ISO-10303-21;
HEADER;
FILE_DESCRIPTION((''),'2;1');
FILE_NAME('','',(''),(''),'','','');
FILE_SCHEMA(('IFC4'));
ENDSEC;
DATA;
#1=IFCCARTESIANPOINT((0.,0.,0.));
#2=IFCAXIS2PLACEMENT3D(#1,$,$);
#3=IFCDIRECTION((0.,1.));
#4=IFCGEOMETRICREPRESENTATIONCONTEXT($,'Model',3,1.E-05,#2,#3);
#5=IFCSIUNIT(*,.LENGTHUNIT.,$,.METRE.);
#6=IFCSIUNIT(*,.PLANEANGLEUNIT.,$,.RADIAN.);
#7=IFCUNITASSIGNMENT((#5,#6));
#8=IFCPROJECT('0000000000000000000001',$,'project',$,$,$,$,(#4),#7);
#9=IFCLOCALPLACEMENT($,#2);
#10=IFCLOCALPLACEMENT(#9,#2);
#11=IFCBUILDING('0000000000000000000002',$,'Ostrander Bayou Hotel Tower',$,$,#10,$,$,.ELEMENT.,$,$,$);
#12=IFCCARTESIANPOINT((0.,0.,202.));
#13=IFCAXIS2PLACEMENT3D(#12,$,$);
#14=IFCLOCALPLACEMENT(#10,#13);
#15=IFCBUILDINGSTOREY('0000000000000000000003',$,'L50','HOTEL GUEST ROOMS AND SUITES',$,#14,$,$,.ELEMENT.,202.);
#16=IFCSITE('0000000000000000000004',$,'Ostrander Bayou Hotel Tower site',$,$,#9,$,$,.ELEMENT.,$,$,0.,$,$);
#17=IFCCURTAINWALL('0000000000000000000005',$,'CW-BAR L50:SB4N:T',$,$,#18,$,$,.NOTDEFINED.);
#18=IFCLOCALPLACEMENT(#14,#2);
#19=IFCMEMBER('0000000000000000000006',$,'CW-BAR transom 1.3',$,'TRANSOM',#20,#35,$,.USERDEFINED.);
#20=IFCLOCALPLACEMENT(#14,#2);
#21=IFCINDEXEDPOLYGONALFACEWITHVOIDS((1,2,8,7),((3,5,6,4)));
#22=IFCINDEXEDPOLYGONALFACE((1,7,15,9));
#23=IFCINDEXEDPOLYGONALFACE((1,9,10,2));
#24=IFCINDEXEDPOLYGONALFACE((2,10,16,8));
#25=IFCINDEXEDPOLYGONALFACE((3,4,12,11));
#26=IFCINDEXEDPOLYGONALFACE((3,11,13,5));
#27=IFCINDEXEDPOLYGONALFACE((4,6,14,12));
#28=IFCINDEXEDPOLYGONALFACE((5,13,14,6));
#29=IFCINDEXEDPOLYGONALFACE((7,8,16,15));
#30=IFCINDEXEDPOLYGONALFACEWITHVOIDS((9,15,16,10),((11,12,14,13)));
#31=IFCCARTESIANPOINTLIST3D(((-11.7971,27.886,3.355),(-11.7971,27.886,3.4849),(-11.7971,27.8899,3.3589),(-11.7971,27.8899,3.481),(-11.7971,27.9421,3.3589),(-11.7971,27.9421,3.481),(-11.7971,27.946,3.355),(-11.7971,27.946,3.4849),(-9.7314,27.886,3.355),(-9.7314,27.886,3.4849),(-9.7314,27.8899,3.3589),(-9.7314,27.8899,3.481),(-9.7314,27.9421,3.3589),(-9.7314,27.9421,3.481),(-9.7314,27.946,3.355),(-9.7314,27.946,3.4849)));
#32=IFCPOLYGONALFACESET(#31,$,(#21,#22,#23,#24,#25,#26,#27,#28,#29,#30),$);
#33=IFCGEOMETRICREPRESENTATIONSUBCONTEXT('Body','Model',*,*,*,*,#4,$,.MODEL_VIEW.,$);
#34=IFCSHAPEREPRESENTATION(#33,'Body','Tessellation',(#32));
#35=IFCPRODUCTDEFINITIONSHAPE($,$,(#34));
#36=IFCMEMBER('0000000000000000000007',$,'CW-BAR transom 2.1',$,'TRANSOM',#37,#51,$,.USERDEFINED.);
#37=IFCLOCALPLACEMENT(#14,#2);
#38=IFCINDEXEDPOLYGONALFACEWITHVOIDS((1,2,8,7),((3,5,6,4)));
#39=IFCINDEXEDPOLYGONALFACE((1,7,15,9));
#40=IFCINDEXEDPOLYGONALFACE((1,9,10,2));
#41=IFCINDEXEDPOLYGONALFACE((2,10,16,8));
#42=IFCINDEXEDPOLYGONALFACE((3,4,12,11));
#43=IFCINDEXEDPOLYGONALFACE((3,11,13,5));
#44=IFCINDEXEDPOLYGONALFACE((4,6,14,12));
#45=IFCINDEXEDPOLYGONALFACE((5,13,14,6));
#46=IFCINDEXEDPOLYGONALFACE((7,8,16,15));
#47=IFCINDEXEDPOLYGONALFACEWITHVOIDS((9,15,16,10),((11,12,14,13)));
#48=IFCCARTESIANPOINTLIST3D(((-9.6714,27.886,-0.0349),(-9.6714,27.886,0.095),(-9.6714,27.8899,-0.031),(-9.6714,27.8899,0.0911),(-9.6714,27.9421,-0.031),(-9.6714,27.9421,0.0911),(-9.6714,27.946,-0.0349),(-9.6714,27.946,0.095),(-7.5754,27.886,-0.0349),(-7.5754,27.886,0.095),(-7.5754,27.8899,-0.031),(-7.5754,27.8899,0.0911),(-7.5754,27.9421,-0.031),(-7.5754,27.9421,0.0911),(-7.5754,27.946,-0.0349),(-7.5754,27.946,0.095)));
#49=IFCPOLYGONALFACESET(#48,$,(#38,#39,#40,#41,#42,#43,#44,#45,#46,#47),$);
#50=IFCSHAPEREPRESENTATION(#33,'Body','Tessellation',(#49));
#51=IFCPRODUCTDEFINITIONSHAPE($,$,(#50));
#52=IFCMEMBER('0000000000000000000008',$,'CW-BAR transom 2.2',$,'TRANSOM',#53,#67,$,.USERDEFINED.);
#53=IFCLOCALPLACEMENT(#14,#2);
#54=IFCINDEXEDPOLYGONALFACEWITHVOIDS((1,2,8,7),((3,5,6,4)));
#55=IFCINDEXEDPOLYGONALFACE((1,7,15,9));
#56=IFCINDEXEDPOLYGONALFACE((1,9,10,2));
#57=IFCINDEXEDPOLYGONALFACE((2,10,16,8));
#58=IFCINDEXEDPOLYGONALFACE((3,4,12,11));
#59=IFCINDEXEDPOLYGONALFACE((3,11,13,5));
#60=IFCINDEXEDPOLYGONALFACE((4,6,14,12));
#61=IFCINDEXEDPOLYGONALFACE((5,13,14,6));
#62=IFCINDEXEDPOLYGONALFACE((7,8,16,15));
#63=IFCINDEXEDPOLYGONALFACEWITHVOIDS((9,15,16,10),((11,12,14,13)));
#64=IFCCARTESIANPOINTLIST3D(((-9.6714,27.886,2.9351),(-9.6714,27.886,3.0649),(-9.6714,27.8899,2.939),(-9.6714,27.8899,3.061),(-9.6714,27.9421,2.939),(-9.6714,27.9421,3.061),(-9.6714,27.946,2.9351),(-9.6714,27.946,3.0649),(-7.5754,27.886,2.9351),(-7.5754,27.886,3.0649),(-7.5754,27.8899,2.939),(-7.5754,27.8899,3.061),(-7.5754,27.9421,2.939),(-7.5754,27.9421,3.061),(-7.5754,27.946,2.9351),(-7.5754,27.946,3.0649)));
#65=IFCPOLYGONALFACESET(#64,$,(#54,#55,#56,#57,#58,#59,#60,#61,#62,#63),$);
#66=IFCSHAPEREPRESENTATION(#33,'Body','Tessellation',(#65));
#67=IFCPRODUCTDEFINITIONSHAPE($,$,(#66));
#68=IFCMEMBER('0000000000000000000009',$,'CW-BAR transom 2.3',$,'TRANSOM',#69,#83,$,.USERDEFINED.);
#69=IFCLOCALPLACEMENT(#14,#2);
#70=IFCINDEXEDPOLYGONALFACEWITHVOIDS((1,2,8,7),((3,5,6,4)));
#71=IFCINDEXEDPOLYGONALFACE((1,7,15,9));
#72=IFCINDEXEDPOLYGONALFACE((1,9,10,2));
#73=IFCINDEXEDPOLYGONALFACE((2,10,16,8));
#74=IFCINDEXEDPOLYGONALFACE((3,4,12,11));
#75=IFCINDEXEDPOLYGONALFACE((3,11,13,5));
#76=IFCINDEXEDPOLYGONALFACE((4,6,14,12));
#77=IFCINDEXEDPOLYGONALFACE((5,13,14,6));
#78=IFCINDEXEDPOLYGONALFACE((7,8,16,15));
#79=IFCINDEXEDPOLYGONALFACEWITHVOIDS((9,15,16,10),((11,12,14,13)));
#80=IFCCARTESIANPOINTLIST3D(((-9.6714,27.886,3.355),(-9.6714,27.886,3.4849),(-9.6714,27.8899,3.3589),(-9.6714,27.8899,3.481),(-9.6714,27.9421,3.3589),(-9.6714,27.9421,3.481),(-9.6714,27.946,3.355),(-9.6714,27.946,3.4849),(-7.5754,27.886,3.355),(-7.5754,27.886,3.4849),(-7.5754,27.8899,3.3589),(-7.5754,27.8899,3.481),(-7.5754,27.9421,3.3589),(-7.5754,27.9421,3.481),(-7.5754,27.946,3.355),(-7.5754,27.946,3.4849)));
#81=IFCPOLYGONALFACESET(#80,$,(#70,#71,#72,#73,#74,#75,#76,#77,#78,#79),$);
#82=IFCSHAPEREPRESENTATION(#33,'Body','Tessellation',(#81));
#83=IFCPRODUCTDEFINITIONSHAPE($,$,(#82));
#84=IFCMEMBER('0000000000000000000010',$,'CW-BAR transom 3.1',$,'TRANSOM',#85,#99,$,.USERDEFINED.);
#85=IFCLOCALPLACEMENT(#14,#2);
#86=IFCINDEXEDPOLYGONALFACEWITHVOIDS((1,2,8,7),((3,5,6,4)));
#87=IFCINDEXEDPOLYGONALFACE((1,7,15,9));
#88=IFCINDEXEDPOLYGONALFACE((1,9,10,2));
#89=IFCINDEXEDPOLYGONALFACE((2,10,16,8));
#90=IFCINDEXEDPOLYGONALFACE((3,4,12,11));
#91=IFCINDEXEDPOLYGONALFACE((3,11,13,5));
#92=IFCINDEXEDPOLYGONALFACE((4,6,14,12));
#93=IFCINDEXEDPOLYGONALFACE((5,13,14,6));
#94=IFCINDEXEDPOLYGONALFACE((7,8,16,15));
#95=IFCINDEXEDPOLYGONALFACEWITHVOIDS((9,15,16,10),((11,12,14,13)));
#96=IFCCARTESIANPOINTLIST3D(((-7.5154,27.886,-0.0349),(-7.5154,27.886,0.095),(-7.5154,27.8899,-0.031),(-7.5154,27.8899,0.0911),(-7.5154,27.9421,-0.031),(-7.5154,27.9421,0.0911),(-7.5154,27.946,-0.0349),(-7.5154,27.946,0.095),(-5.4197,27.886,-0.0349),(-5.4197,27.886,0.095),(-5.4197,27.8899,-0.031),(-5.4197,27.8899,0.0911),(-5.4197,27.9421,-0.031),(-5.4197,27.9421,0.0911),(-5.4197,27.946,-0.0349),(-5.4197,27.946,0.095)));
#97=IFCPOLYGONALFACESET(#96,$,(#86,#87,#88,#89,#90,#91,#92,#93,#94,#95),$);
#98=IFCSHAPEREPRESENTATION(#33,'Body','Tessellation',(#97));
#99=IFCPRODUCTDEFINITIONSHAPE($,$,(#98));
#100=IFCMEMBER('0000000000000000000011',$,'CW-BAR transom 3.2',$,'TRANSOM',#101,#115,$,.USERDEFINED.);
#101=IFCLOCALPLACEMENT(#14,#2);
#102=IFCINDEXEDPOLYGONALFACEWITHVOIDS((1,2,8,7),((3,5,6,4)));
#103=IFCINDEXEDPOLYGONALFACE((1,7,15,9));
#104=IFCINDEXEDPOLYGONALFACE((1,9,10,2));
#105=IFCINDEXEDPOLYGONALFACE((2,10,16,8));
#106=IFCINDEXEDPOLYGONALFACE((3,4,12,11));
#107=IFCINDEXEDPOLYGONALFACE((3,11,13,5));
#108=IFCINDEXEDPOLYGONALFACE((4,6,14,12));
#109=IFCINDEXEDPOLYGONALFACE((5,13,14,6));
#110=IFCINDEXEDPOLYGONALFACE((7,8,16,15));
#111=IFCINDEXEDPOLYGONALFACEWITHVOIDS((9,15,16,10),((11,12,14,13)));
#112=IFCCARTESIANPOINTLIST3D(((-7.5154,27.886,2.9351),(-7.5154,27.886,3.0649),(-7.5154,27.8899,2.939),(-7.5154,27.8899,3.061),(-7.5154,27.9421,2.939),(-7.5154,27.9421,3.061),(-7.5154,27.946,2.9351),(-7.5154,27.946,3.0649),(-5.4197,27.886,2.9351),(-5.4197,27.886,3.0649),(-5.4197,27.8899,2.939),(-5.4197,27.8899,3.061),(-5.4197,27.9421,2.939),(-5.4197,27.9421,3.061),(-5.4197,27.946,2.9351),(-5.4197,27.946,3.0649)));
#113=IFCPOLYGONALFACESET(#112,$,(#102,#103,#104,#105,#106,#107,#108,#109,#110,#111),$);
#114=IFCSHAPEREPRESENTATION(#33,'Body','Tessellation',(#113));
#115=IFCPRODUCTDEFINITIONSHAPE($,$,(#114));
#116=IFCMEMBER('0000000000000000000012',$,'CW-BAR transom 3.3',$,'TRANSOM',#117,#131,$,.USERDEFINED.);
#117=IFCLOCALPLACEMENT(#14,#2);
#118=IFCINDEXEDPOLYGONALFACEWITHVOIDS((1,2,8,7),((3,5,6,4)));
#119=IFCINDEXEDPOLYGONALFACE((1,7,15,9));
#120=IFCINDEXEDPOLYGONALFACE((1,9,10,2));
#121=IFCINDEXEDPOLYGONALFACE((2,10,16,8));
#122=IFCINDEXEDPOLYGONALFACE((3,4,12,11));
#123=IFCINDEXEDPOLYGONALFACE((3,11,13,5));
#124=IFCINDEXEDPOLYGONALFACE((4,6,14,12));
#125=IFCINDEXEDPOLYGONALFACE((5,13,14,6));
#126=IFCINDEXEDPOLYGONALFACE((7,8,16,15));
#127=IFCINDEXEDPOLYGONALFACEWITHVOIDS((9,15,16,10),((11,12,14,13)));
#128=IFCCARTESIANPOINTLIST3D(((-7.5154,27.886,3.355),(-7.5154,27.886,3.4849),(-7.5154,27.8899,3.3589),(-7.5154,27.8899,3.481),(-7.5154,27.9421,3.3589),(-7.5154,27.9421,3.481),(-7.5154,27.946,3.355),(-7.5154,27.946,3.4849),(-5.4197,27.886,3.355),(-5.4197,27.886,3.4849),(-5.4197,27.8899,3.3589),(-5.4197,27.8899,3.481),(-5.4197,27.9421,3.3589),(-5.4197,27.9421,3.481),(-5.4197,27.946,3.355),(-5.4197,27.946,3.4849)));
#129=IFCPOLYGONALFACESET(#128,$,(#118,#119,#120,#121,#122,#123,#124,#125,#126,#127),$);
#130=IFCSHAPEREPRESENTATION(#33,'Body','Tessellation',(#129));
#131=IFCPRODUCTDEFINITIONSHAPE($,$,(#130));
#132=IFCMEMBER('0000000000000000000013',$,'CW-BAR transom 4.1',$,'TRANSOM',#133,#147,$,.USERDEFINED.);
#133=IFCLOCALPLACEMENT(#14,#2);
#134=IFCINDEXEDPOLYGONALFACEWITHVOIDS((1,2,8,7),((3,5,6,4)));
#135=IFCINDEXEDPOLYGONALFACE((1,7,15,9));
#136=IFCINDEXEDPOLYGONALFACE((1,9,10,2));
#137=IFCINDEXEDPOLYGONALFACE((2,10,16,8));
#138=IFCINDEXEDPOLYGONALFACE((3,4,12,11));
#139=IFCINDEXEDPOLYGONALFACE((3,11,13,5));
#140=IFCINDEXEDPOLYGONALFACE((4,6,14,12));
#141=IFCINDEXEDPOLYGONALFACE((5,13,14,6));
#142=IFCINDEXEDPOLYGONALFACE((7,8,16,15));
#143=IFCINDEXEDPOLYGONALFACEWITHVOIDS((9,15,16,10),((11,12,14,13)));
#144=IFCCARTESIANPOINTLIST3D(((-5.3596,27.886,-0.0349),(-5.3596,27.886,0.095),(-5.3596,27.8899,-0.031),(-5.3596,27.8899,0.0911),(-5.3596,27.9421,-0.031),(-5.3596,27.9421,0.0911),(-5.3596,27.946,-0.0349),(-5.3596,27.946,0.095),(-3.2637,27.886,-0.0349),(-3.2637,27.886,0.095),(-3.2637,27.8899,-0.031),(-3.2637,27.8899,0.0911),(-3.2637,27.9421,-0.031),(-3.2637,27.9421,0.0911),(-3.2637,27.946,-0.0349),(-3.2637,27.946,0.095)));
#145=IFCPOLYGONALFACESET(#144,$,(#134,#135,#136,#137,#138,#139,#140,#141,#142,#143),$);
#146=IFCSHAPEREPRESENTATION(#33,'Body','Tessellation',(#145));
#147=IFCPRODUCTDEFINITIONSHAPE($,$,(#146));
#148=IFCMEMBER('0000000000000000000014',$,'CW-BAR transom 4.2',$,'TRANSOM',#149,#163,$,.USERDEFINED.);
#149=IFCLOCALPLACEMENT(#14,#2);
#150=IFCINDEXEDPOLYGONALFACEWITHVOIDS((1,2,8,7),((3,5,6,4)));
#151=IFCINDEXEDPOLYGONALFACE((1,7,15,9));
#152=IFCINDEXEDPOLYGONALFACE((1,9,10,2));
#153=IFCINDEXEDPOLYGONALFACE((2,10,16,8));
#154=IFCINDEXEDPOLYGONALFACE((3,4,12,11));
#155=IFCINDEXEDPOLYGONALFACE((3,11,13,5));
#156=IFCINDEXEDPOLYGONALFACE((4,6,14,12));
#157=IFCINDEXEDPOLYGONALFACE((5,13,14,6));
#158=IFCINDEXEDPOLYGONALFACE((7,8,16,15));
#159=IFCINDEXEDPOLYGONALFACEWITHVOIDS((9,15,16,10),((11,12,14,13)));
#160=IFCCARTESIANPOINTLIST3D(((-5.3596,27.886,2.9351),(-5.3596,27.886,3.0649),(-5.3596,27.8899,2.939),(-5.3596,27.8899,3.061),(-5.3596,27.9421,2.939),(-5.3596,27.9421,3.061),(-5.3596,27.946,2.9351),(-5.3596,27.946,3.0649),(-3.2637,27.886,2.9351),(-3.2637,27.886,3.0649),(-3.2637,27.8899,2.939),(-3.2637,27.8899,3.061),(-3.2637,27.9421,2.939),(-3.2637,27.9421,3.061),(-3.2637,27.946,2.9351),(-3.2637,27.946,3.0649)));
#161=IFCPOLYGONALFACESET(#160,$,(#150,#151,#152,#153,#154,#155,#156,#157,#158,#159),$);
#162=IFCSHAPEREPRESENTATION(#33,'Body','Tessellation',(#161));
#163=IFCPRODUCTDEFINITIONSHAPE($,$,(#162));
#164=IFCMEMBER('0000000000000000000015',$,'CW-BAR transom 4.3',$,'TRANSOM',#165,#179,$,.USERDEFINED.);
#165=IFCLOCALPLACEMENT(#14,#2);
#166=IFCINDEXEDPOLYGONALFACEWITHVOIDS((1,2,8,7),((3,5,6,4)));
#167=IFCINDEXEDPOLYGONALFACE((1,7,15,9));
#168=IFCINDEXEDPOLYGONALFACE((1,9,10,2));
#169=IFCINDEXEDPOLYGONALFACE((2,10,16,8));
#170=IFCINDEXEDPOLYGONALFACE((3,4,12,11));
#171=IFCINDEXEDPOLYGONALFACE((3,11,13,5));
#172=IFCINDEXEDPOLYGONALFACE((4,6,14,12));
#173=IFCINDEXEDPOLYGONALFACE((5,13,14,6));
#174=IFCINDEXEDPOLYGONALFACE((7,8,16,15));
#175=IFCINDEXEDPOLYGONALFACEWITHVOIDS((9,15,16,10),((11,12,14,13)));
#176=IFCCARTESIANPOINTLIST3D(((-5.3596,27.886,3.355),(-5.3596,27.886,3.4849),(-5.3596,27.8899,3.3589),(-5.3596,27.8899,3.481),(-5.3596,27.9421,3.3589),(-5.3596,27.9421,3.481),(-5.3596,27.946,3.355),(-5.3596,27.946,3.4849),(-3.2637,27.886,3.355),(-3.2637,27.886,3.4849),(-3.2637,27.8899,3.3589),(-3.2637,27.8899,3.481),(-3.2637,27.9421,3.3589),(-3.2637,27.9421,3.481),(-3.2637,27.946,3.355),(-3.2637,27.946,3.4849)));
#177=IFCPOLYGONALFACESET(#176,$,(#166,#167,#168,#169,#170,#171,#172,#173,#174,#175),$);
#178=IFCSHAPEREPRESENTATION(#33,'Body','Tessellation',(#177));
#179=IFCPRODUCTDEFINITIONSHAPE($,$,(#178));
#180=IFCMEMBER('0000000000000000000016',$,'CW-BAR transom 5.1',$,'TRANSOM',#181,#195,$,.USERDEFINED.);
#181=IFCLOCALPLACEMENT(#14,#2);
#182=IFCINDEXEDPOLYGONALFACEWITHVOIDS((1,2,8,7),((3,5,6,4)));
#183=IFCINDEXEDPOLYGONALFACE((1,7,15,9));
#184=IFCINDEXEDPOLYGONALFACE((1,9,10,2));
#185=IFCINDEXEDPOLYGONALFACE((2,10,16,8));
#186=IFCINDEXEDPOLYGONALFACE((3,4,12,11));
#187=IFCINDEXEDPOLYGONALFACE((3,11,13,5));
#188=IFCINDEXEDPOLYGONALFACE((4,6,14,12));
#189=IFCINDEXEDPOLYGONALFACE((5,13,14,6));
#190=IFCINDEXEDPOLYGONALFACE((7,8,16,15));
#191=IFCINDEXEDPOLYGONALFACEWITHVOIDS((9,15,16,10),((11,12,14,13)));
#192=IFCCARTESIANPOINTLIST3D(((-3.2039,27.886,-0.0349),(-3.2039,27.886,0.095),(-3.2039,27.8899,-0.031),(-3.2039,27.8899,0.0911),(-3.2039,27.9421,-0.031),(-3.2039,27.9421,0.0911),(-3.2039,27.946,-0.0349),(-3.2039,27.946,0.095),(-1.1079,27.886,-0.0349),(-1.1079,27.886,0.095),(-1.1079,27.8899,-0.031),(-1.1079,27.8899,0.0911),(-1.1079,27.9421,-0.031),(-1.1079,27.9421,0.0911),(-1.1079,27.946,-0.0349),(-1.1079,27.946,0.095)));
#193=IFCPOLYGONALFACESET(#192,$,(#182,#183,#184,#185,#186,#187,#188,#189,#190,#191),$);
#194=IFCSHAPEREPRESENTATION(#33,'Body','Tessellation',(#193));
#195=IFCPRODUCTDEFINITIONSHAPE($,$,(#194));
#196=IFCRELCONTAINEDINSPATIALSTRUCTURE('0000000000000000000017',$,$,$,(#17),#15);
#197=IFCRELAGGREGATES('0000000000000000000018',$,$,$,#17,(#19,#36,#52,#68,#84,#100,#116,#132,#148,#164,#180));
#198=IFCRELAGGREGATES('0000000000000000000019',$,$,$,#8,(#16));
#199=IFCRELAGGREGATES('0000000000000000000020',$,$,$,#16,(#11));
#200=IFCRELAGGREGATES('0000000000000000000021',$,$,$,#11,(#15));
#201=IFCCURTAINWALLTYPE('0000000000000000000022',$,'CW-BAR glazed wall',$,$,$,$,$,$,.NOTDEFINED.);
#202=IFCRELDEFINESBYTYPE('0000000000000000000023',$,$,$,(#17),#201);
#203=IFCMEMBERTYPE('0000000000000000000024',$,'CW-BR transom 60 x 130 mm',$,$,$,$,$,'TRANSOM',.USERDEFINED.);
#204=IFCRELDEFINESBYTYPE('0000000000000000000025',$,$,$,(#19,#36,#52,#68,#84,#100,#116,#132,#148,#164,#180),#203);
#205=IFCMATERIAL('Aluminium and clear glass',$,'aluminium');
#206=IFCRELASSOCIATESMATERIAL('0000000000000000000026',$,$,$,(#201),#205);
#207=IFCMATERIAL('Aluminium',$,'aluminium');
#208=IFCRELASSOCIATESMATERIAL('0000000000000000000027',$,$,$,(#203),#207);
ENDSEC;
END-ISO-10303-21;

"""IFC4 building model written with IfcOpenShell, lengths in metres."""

from ifc_helpers import new_model, si_unit, direction, frame, origin, origin_2d, place, context, subcontext, project, spatial, hollow_rectangle, extrude, material, material_profile, profile_set, type_object, element, aggregate, save


model = new_model("IFC4")

# Units and contexts
model_context = context("Model", 3, precision=1e-05, world=origin(), true_north=direction((0.0, 1.0)))
body_context = subcontext(model_context, "Body", "Model", "MODEL_VIEW")
ifc_project = project(units=[si_unit("LENGTHUNIT", "METRE"), si_unit("PLANEANGLEUNIT", "RADIAN")], contexts=[model_context])

# Site, building, storey
site_placement = place(None, origin())
site = spatial("IfcSite", under=ifc_project, at=site_placement, Name="Ostrander Bayou Hotel Tower site", CompositionType="ELEMENT", RefElevation=0.0)
building_placement = place(site_placement, origin())
building = spatial("IfcBuilding", under=site, at=building_placement, Name="Ostrander Bayou Hotel Tower", CompositionType="ELEMENT")
storey_placement = place(building_placement, frame((0.0, 0.0, 202.0)))
storey = spatial("IfcBuildingStorey", under=building, at=storey_placement, Name="L50", Description="HOTEL GUEST ROOMS AND SUITES", CompositionType="ELEMENT", Elevation=202.0)

# Curtain wall, members
ifc_material_1 = material(Name="Aluminium and clear glass", Category="aluminium")
curtain_wall_type = type_object("IfcCurtainWallType", Name="CW-BAR glazed wall", PredefinedType="NOTDEFINED", material=ifc_material_1)
curtain_wall_placement = place(storey_placement, origin())
curtain_wall = element("IfcCurtainWall", 1, at=curtain_wall_placement, inside=storey, type_object=curtain_wall_type, Name="CW-BAR L50:SB4N:T", PredefinedType="NOTDEFINED")
ifc_material_2 = material(Name="Aluminium", Category="aluminium")
ifc_material_profile_1 = material_profile(ifc_material_2, hollow_rectangle(XDim=0.0601, YDim=0.1299, WallThickness=0.0039, at=origin_2d()))
ifc_profile_set_1 = profile_set([ifc_material_profile_1], Name="Aluminium")
member_type_1 = type_object("IfcMemberType", Name="CW-BR transom 60 x 130 mm", ElementType="TRANSOM", PredefinedType="USERDEFINED", material=ifc_profile_set_1)
member_1_placement = place(storey_placement, frame((-11.7971, 27.916, 3.4199), z_axis=(1.0, 0.0, 0.0), x_axis=(0.0, 1.0, 0.0)))
member_1 = element("IfcMember", 2, at=member_1_placement, type_object=member_type_1, Name="CW-BAR transom 1.3", ObjectType="TRANSOM", PredefinedType="USERDEFINED", context=body_context, shape_type="SweptSolid", body=[
    extrude(hollow_rectangle(XDim=0.0601, YDim=0.1299, WallThickness=0.0039, at=origin_2d()), origin(), (0.0, 0.0, 1.0), 2.0657),
])
member_2_placement = place(storey_placement, frame((-9.6714, 27.916, 0.03), z_axis=(1.0, 0.0, 0.0), x_axis=(0.0, 1.0, 0.0)))
member_2 = element("IfcMember", 3, at=member_2_placement, type_object=member_type_1, Name="CW-BAR transom 2.1", ObjectType="TRANSOM", PredefinedType="USERDEFINED", context=body_context, shape_type="SweptSolid", body=[
    extrude(hollow_rectangle(XDim=0.0601, YDim=0.1299, WallThickness=0.0039, at=origin_2d()), origin(), (0.0, 0.0, 1.0), 2.0959),
])
member_3_placement = place(storey_placement, frame((-9.6714, 27.916, 3.0), z_axis=(1.0, 0.0, 0.0), x_axis=(0.0, 1.0, 0.0)))
member_3 = element("IfcMember", 4, at=member_3_placement, type_object=member_type_1, Name="CW-BAR transom 2.2", ObjectType="TRANSOM", PredefinedType="USERDEFINED", context=body_context, shape_type="SweptSolid", body=[
    extrude(hollow_rectangle(XDim=0.0601, YDim=0.1299, WallThickness=0.0039, at=origin_2d()), origin(), (0.0, 0.0, 1.0), 2.0959),
])
member_4_placement = place(storey_placement, frame((-9.6714, 27.916, 3.4199), z_axis=(1.0, 0.0, 0.0), x_axis=(0.0, 1.0, 0.0)))
member_4 = element("IfcMember", 5, at=member_4_placement, type_object=member_type_1, Name="CW-BAR transom 2.3", ObjectType="TRANSOM", PredefinedType="USERDEFINED", context=body_context, shape_type="SweptSolid", body=[
    extrude(hollow_rectangle(XDim=0.0601, YDim=0.1299, WallThickness=0.0039, at=origin_2d()), origin(), (0.0, 0.0, 1.0), 2.0959),
])
member_5_placement = place(storey_placement, frame((-7.5154, 27.916, 0.03), z_axis=(1.0, 0.0, 0.0), x_axis=(0.0, 1.0, 0.0)))
member_5 = element("IfcMember", 6, at=member_5_placement, type_object=member_type_1, Name="CW-BAR transom 3.1", ObjectType="TRANSOM", PredefinedType="USERDEFINED", context=body_context, shape_type="SweptSolid", body=[
    extrude(hollow_rectangle(XDim=0.0601, YDim=0.1299, WallThickness=0.0039, at=origin_2d()), origin(), (0.0, 0.0, 1.0), 2.0957),
])
member_6_placement = place(storey_placement, frame((-7.5154, 27.916, 3.0), z_axis=(1.0, 0.0, 0.0), x_axis=(0.0, 1.0, 0.0)))
member_6 = element("IfcMember", 7, at=member_6_placement, type_object=member_type_1, Name="CW-BAR transom 3.2", ObjectType="TRANSOM", PredefinedType="USERDEFINED", context=body_context, shape_type="SweptSolid", body=[
    extrude(hollow_rectangle(XDim=0.0601, YDim=0.1299, WallThickness=0.0039, at=origin_2d()), origin(), (0.0, 0.0, 1.0), 2.0957),
])
member_7_placement = place(storey_placement, frame((-7.5154, 27.916, 3.4199), z_axis=(1.0, 0.0, 0.0), x_axis=(0.0, 1.0, 0.0)))
member_7 = element("IfcMember", 8, at=member_7_placement, type_object=member_type_1, Name="CW-BAR transom 3.3", ObjectType="TRANSOM", PredefinedType="USERDEFINED", context=body_context, shape_type="SweptSolid", body=[
    extrude(hollow_rectangle(XDim=0.0601, YDim=0.1299, WallThickness=0.0039, at=origin_2d()), origin(), (0.0, 0.0, 1.0), 2.0957),
])
member_8_placement = place(storey_placement, frame((-5.3596, 27.916, 0.03), z_axis=(1.0, 0.0, 0.0), x_axis=(0.0, 1.0, 0.0)))
member_8 = element("IfcMember", 9, at=member_8_placement, type_object=member_type_1, Name="CW-BAR transom 4.1", ObjectType="TRANSOM", PredefinedType="USERDEFINED", context=body_context, shape_type="SweptSolid", body=[
    extrude(hollow_rectangle(XDim=0.0601, YDim=0.1299, WallThickness=0.0039, at=origin_2d()), origin(), (0.0, 0.0, 1.0), 2.0959),
])
member_9_placement = place(storey_placement, frame((-5.3596, 27.916, 3.0), z_axis=(1.0, 0.0, 0.0), x_axis=(0.0, 1.0, 0.0)))
member_9 = element("IfcMember", 10, at=member_9_placement, type_object=member_type_1, Name="CW-BAR transom 4.2", ObjectType="TRANSOM", PredefinedType="USERDEFINED", context=body_context, shape_type="SweptSolid", body=[
    extrude(hollow_rectangle(XDim=0.0601, YDim=0.1299, WallThickness=0.0039, at=origin_2d()), origin(), (0.0, 0.0, 1.0), 2.0959),
])
member_10_placement = place(storey_placement, frame((-5.3596, 27.916, 3.4199), z_axis=(1.0, 0.0, 0.0), x_axis=(0.0, 1.0, 0.0)))
member_10 = element("IfcMember", 11, at=member_10_placement, type_object=member_type_1, Name="CW-BAR transom 4.3", ObjectType="TRANSOM", PredefinedType="USERDEFINED", context=body_context, shape_type="SweptSolid", body=[
    extrude(hollow_rectangle(XDim=0.0601, YDim=0.1299, WallThickness=0.0039, at=origin_2d()), origin(), (0.0, 0.0, 1.0), 2.0959),
])
member_11_placement = place(storey_placement, frame((-3.2039, 27.916, 0.03), z_axis=(1.0, 0.0, 0.0), x_axis=(0.0, 1.0, 0.0)))
member_11 = element("IfcMember", 12, at=member_11_placement, type_object=member_type_1, Name="CW-BAR transom 5.1", ObjectType="TRANSOM", PredefinedType="USERDEFINED", context=body_context, shape_type="SweptSolid", body=[
    extrude(hollow_rectangle(XDim=0.0601, YDim=0.1299, WallThickness=0.0039, at=origin_2d()), origin(), (0.0, 0.0, 1.0), 2.0959),
])
aggregate(curtain_wall, [member_1, member_2, member_3, member_4, member_5, member_6, member_7, member_8, member_9, member_10, member_11])

save(model, "model.ifc")
